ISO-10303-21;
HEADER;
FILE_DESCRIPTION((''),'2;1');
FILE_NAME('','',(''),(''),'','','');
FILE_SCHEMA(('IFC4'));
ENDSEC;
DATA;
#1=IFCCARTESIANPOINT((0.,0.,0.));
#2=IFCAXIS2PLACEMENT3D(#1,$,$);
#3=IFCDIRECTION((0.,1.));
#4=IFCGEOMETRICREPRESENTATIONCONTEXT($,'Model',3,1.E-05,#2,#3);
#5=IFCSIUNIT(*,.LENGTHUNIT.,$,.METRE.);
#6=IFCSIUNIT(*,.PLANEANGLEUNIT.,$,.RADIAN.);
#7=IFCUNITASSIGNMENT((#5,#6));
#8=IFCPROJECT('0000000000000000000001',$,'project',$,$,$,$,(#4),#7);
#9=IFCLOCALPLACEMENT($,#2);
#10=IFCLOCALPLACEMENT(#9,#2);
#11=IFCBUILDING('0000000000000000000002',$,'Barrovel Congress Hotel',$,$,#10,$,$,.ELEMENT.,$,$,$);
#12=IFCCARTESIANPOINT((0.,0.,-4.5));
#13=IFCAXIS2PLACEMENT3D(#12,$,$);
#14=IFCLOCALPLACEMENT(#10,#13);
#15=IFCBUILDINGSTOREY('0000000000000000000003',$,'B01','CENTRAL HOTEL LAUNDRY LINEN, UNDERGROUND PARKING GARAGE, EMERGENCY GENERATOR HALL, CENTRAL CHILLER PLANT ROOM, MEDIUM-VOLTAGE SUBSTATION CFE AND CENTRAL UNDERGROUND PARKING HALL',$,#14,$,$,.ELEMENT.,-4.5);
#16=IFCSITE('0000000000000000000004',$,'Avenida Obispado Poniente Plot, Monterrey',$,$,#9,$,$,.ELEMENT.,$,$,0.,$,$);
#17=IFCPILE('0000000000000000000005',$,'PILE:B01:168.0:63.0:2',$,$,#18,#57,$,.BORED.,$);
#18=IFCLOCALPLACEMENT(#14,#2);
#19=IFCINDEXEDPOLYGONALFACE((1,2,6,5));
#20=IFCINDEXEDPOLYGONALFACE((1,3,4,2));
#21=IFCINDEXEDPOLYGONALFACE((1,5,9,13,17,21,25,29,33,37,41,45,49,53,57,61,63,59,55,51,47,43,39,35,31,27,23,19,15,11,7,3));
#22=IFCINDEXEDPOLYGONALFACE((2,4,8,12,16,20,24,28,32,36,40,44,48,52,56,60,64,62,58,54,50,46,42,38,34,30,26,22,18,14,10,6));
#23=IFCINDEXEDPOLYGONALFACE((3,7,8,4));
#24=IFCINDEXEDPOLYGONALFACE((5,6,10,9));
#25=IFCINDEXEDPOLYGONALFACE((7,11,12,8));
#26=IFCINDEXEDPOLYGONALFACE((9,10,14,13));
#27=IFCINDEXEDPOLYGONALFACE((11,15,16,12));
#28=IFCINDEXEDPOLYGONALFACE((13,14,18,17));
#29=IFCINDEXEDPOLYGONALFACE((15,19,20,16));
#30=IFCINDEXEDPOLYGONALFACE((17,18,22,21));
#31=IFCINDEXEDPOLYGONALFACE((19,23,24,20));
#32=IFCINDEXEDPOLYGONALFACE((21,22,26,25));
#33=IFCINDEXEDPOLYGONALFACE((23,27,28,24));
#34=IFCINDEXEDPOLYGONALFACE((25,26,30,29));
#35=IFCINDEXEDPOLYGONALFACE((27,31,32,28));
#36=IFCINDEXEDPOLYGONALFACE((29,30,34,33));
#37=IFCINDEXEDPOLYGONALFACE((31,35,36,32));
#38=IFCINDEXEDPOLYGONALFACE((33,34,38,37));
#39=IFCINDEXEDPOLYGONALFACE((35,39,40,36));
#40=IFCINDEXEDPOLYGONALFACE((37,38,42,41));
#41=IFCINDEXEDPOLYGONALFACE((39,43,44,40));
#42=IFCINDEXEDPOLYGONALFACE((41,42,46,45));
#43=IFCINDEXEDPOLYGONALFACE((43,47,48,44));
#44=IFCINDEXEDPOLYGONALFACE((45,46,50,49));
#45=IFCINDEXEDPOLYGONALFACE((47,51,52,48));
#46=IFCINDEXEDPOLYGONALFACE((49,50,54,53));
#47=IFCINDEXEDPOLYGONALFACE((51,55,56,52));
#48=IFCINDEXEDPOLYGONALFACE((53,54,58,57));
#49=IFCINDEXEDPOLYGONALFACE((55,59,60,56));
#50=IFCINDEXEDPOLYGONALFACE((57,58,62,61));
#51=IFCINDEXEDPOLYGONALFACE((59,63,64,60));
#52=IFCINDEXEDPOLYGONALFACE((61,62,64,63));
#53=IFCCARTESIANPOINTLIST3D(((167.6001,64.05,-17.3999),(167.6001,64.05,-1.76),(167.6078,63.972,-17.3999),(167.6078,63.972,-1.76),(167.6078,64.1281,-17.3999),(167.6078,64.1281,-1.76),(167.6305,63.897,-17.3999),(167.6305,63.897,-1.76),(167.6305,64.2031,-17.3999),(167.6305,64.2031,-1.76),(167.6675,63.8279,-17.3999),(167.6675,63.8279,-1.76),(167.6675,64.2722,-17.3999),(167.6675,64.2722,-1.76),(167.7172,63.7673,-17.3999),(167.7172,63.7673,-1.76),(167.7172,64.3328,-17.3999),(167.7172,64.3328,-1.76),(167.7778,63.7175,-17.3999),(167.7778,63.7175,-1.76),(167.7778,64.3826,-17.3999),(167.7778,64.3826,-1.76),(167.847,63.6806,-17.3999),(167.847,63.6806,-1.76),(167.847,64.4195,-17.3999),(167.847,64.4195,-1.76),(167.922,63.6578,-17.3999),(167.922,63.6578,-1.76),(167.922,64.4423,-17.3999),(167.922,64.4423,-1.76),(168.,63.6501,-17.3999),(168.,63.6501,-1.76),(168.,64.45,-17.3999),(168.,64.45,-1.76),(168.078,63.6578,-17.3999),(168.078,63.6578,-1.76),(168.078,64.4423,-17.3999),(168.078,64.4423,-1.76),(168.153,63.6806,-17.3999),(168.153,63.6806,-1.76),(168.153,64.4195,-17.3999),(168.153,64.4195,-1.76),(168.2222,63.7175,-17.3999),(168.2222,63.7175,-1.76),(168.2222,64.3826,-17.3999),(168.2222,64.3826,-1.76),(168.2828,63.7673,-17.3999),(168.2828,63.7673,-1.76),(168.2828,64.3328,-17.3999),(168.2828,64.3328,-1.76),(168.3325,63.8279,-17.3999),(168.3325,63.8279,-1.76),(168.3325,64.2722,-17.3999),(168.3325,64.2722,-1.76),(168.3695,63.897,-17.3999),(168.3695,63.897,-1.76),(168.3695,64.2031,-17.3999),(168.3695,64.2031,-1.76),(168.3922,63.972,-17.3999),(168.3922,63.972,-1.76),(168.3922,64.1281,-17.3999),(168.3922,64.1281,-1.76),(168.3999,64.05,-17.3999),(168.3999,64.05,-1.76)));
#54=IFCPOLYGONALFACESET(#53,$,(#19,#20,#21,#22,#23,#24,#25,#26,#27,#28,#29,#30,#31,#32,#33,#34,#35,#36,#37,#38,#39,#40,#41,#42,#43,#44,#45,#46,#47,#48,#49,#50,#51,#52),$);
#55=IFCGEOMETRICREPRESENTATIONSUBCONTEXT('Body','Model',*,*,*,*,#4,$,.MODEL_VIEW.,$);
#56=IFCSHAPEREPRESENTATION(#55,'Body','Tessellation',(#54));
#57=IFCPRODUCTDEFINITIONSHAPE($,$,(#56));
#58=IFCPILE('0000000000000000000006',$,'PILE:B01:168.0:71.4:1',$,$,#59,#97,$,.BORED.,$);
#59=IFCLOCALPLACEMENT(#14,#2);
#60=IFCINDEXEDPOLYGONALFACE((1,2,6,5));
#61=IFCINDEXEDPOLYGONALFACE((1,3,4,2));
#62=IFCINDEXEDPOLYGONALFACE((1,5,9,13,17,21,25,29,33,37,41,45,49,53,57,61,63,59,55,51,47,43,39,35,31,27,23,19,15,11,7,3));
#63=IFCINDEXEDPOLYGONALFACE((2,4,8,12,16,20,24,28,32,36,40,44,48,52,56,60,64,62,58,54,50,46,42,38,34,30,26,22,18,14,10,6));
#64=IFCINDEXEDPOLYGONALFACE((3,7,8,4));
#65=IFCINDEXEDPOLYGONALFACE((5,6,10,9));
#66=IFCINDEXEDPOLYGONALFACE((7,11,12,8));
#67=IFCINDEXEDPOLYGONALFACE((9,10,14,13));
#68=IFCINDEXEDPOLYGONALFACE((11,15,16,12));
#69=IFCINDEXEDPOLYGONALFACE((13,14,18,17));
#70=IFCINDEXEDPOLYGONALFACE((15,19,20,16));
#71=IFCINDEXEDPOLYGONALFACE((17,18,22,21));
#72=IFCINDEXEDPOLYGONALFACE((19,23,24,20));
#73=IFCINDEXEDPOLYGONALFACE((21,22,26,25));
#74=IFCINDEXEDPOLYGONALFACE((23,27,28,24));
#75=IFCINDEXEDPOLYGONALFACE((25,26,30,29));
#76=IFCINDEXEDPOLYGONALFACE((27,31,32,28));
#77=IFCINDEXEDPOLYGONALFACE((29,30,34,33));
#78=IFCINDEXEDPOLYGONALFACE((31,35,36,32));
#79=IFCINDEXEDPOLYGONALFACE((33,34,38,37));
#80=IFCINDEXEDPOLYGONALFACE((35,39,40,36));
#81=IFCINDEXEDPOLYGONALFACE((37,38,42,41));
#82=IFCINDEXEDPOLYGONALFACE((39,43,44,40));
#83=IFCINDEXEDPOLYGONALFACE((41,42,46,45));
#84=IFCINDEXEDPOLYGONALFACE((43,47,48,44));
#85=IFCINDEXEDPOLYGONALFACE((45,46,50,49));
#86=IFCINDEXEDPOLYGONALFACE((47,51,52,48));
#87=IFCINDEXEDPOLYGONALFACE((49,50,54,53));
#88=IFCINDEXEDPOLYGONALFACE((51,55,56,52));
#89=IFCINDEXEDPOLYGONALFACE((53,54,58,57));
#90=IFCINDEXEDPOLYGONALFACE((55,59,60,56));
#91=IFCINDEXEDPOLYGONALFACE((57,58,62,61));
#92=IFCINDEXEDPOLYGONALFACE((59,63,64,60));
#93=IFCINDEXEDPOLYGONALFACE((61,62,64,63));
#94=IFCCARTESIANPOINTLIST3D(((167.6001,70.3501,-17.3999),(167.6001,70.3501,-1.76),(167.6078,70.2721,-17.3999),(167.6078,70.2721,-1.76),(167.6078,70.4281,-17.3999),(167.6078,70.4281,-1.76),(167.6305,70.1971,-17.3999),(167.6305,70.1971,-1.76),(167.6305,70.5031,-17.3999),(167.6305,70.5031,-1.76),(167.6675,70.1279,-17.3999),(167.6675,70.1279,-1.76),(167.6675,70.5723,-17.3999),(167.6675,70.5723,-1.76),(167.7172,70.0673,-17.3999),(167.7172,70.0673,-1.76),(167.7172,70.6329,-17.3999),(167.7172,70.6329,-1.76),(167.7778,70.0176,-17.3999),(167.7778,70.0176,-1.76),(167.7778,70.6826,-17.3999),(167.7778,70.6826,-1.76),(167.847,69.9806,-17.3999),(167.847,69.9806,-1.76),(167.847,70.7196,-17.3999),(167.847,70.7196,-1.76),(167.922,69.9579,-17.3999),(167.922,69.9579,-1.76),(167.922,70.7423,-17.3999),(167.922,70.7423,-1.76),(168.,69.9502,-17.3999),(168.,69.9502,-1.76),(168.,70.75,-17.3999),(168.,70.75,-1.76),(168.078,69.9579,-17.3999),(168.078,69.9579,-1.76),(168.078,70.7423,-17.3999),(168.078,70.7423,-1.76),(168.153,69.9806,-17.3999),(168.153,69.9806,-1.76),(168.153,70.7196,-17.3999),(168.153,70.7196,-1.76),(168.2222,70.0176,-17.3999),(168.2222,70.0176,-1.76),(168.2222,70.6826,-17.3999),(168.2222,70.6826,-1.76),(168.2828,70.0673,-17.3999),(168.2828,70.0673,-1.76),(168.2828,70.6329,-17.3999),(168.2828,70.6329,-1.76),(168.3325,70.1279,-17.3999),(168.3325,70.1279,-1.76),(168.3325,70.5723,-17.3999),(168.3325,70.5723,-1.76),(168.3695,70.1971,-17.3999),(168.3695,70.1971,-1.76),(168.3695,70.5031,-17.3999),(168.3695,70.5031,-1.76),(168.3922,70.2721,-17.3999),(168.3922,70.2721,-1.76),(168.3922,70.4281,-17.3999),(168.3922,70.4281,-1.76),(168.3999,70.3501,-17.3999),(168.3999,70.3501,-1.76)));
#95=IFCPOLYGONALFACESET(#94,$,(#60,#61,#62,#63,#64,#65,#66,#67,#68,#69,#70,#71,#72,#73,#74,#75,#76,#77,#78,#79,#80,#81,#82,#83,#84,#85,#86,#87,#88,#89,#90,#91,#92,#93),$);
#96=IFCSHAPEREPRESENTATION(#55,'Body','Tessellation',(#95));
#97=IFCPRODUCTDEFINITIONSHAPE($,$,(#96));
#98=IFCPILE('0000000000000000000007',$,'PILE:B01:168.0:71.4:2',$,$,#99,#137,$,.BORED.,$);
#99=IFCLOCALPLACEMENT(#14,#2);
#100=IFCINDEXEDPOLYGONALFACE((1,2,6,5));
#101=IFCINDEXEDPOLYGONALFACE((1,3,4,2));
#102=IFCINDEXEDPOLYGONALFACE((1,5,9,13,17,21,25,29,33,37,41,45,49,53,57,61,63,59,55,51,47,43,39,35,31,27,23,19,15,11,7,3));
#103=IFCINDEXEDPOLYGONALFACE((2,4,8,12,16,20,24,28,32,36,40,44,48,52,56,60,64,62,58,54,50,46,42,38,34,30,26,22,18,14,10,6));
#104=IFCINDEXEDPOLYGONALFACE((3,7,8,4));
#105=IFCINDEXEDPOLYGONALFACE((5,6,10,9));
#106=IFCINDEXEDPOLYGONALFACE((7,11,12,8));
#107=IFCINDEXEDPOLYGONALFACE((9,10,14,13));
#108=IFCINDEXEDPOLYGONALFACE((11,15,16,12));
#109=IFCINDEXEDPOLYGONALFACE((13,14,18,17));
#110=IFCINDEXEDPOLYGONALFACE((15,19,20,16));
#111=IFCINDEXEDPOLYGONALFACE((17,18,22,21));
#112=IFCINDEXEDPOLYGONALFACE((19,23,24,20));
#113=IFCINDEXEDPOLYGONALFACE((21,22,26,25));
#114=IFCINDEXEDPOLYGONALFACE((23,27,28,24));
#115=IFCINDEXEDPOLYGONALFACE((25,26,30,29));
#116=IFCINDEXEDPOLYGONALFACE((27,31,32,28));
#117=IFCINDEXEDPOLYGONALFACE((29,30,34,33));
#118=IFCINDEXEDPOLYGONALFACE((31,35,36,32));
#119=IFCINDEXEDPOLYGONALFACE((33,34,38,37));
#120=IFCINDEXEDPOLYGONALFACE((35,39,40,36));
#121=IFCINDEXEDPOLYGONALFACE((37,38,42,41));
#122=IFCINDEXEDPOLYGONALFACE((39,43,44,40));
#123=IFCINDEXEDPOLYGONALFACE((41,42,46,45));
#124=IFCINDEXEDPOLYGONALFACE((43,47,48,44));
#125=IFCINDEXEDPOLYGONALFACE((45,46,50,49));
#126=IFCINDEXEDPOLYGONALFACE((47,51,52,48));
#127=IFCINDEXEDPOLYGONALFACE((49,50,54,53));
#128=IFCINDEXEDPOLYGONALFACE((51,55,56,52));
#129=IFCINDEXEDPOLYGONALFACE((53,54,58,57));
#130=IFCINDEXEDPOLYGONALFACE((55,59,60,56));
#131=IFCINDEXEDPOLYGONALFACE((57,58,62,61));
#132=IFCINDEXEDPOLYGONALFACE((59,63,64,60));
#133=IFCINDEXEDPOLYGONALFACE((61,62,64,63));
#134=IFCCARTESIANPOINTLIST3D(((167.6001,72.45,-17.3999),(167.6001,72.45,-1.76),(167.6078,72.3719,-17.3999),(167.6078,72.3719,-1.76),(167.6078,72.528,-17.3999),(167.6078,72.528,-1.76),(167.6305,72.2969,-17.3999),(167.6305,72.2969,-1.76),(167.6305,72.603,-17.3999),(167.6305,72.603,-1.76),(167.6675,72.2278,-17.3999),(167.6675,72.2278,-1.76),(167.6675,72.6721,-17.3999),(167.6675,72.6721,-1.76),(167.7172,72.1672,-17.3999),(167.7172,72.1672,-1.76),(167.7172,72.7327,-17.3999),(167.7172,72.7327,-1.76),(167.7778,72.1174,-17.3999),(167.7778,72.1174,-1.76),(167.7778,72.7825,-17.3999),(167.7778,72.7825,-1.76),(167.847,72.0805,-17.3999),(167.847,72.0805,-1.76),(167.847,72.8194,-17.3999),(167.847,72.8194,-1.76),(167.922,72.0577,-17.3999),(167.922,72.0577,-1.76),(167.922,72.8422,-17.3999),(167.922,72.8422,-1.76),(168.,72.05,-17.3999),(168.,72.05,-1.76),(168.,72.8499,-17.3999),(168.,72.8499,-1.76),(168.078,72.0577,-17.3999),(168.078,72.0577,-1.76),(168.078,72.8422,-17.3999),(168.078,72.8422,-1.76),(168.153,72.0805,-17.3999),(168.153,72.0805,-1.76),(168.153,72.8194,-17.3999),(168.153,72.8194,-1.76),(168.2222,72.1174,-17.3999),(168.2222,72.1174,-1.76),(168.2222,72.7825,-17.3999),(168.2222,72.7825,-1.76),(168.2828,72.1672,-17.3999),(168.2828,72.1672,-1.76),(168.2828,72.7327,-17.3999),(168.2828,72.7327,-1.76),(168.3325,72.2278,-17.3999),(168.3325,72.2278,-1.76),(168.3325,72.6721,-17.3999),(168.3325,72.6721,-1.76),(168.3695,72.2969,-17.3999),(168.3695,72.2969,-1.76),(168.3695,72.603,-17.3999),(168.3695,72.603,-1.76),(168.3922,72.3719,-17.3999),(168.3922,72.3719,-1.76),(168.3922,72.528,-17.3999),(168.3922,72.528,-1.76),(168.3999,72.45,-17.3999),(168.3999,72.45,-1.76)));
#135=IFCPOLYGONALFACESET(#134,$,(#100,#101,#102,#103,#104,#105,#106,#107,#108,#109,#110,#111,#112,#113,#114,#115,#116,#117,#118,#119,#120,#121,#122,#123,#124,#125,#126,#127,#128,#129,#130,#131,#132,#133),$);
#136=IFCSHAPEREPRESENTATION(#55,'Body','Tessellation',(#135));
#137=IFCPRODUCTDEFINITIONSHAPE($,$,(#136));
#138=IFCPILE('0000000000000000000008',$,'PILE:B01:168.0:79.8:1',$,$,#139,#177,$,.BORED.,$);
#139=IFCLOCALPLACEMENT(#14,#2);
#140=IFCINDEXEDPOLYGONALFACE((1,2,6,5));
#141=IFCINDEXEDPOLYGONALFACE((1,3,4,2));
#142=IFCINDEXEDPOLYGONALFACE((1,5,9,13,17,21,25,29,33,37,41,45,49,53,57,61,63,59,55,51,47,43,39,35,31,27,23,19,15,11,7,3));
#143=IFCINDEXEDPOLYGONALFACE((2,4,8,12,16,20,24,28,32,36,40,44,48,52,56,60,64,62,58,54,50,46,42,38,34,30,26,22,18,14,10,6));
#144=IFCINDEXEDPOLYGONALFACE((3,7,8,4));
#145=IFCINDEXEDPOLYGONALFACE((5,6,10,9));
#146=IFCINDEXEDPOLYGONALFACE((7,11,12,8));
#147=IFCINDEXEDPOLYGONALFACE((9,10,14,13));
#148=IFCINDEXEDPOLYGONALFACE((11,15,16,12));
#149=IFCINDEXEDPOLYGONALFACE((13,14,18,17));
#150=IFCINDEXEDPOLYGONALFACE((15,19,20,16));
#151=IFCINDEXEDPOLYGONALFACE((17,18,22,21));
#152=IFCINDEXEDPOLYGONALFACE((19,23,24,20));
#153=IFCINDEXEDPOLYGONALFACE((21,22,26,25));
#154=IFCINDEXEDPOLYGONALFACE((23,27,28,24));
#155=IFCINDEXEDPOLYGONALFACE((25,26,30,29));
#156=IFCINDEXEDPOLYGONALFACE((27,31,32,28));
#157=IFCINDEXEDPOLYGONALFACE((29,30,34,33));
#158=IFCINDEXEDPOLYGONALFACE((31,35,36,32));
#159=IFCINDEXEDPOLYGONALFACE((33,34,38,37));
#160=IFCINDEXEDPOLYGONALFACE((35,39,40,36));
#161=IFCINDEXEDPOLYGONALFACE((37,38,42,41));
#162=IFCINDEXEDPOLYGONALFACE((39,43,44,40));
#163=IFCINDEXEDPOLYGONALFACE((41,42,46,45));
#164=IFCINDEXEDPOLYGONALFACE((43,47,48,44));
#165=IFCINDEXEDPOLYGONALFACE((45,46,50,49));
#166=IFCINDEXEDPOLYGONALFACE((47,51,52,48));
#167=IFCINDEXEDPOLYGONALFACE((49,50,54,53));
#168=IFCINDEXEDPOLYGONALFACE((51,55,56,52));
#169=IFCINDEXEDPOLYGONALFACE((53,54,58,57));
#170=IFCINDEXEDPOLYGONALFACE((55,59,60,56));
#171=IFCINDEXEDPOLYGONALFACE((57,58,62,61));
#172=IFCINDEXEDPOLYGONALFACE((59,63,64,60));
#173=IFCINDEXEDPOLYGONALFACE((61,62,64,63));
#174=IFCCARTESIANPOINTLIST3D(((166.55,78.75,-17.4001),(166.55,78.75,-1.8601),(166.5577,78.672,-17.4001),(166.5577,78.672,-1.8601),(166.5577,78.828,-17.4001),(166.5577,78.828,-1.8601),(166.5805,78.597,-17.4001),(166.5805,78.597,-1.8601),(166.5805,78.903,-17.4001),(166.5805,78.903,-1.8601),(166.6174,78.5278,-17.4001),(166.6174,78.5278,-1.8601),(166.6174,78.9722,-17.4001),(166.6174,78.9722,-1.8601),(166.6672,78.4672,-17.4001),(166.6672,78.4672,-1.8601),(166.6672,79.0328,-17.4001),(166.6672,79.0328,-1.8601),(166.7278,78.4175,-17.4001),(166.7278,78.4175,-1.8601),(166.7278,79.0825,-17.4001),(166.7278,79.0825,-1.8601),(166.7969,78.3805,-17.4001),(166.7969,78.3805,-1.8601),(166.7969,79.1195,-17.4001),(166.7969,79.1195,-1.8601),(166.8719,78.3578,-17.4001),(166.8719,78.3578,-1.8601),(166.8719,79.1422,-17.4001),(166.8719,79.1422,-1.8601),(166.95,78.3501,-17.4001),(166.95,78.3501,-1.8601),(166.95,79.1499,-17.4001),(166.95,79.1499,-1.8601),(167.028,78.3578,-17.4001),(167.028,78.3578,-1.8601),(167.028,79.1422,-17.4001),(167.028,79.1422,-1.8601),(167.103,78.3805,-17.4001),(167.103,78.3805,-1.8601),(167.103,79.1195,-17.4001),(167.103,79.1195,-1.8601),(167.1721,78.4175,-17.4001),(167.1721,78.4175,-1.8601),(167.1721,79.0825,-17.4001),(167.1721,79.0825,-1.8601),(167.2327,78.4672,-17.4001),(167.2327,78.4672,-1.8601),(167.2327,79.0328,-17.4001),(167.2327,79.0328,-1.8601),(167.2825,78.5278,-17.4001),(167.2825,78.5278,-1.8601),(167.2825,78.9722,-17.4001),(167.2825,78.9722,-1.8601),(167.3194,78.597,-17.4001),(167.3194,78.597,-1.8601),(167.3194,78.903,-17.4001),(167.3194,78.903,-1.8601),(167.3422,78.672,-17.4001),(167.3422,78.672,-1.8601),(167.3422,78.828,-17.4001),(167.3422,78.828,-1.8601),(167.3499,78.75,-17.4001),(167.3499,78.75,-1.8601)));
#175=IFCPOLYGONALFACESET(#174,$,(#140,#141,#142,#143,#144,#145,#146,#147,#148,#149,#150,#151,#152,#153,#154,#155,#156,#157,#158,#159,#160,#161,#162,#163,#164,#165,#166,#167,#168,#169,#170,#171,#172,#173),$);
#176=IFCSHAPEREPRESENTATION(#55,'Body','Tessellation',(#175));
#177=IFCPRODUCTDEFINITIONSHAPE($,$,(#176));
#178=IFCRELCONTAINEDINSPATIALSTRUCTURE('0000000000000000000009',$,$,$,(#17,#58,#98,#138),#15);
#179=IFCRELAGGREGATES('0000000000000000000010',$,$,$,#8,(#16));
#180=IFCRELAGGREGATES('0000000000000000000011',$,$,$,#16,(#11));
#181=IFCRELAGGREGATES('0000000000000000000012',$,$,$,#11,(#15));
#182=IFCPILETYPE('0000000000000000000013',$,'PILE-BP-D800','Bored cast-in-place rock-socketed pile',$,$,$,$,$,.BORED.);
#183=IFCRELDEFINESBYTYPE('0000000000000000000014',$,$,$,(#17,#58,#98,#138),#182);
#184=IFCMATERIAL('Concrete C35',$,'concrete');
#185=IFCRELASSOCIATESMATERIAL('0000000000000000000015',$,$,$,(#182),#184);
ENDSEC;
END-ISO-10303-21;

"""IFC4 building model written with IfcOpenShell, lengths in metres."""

from ifc_helpers import new_model, si_unit, direction, frame, origin, origin_2d, place, context, subcontext, project, spatial, circle, extrude, material, material_profile, profile_set, type_object, element, save


model = new_model("IFC4")

# Units and contexts
model_context = context("Model", 3, precision=1e-05, world=origin(), true_north=direction((0.0, 1.0)))
body_context = subcontext(model_context, "Body", "Model", "MODEL_VIEW")
ifc_project = project(units=[si_unit("LENGTHUNIT", "METRE"), si_unit("PLANEANGLEUNIT", "RADIAN")], contexts=[model_context])

# Site, building, storey
site_placement = place(None, origin())
site = spatial("IfcSite", under=ifc_project, at=site_placement, Name="Avenida Obispado Poniente Plot, Monterrey", CompositionType="ELEMENT", RefElevation=0.0)
building_placement = place(site_placement, origin())
building = spatial("IfcBuilding", under=site, at=building_placement, Name="Barrovel Congress Hotel", CompositionType="ELEMENT")
storey_placement = place(building_placement, frame((0.0, 0.0, -4.5)))
storey = spatial("IfcBuildingStorey", under=building, at=storey_placement, Name="B01", Description="CENTRAL HOTEL LAUNDRY LINEN, UNDERGROUND PARKING GARAGE, EMERGENCY GENERATOR HALL, CENTRAL CHILLER PLANT ROOM, MEDIUM-VOLTAGE SUBSTATION CFE AND CENTRAL UNDERGROUND PARKING HALL", CompositionType="ELEMENT", Elevation=-4.5)

# Piles
ifc_material_1 = material(Name="Concrete C35", Category="concrete")
ifc_material_profile_1 = material_profile(ifc_material_1, circle(Radius=0.3999, at=origin_2d()), Name="BP-D800")
ifc_profile_set_1 = profile_set([ifc_material_profile_1], Name="Concrete C35")
pile_type_1 = type_object("IfcPileType", Name="PILE-BP-D800", Description="Bored cast-in-place rock-socketed pile", PredefinedType="BORED", material=ifc_profile_set_1)
for number, where, z_axis, x_axis, name in (
    (1, (168.0, 64.05, -1.76), (0.0, 0.0, -1.0), (1.0, 0.0, 0.0), "PILE:B01:168.0:63.0:2"),
    (2, (168.0, 70.3501, -1.76), (0.0, 0.0, -1.0), (1.0, 0.0, 0.0), "PILE:B01:168.0:71.4:1"),
    (3, (168.0, 72.45, -1.76), (0.0, 0.0, -1.0), (1.0, 0.0, 0.0), "PILE:B01:168.0:71.4:2"),
):
    element("IfcPile", number, at=place(storey_placement, frame(where, z_axis=z_axis, x_axis=x_axis)), inside=storey, type_object=pile_type_1, Name=name, PredefinedType="BORED", context=body_context, shape_type="SweptSolid", body=[
        extrude(circle(Radius=0.3999, at=origin_2d()), origin(), (0.0, 0.0, 1.0), 15.6399),
    ])
for number, where, z_axis, x_axis, name in (
    (4, (166.95, 78.75, -1.8601), (0.0, 0.0, -1.0), (1.0, 0.0, 0.0), "PILE:B01:168.0:79.8:1"),
):
    element("IfcPile", number, at=place(storey_placement, frame(where, z_axis=z_axis, x_axis=x_axis)), inside=storey, type_object=pile_type_1, Name=name, PredefinedType="BORED", context=body_context, shape_type="SweptSolid", body=[
        extrude(circle(Radius=0.3999, at=origin_2d()), origin(), (0.0, 0.0, 1.0), 15.54),
    ])

save(model, "model.ifc")
